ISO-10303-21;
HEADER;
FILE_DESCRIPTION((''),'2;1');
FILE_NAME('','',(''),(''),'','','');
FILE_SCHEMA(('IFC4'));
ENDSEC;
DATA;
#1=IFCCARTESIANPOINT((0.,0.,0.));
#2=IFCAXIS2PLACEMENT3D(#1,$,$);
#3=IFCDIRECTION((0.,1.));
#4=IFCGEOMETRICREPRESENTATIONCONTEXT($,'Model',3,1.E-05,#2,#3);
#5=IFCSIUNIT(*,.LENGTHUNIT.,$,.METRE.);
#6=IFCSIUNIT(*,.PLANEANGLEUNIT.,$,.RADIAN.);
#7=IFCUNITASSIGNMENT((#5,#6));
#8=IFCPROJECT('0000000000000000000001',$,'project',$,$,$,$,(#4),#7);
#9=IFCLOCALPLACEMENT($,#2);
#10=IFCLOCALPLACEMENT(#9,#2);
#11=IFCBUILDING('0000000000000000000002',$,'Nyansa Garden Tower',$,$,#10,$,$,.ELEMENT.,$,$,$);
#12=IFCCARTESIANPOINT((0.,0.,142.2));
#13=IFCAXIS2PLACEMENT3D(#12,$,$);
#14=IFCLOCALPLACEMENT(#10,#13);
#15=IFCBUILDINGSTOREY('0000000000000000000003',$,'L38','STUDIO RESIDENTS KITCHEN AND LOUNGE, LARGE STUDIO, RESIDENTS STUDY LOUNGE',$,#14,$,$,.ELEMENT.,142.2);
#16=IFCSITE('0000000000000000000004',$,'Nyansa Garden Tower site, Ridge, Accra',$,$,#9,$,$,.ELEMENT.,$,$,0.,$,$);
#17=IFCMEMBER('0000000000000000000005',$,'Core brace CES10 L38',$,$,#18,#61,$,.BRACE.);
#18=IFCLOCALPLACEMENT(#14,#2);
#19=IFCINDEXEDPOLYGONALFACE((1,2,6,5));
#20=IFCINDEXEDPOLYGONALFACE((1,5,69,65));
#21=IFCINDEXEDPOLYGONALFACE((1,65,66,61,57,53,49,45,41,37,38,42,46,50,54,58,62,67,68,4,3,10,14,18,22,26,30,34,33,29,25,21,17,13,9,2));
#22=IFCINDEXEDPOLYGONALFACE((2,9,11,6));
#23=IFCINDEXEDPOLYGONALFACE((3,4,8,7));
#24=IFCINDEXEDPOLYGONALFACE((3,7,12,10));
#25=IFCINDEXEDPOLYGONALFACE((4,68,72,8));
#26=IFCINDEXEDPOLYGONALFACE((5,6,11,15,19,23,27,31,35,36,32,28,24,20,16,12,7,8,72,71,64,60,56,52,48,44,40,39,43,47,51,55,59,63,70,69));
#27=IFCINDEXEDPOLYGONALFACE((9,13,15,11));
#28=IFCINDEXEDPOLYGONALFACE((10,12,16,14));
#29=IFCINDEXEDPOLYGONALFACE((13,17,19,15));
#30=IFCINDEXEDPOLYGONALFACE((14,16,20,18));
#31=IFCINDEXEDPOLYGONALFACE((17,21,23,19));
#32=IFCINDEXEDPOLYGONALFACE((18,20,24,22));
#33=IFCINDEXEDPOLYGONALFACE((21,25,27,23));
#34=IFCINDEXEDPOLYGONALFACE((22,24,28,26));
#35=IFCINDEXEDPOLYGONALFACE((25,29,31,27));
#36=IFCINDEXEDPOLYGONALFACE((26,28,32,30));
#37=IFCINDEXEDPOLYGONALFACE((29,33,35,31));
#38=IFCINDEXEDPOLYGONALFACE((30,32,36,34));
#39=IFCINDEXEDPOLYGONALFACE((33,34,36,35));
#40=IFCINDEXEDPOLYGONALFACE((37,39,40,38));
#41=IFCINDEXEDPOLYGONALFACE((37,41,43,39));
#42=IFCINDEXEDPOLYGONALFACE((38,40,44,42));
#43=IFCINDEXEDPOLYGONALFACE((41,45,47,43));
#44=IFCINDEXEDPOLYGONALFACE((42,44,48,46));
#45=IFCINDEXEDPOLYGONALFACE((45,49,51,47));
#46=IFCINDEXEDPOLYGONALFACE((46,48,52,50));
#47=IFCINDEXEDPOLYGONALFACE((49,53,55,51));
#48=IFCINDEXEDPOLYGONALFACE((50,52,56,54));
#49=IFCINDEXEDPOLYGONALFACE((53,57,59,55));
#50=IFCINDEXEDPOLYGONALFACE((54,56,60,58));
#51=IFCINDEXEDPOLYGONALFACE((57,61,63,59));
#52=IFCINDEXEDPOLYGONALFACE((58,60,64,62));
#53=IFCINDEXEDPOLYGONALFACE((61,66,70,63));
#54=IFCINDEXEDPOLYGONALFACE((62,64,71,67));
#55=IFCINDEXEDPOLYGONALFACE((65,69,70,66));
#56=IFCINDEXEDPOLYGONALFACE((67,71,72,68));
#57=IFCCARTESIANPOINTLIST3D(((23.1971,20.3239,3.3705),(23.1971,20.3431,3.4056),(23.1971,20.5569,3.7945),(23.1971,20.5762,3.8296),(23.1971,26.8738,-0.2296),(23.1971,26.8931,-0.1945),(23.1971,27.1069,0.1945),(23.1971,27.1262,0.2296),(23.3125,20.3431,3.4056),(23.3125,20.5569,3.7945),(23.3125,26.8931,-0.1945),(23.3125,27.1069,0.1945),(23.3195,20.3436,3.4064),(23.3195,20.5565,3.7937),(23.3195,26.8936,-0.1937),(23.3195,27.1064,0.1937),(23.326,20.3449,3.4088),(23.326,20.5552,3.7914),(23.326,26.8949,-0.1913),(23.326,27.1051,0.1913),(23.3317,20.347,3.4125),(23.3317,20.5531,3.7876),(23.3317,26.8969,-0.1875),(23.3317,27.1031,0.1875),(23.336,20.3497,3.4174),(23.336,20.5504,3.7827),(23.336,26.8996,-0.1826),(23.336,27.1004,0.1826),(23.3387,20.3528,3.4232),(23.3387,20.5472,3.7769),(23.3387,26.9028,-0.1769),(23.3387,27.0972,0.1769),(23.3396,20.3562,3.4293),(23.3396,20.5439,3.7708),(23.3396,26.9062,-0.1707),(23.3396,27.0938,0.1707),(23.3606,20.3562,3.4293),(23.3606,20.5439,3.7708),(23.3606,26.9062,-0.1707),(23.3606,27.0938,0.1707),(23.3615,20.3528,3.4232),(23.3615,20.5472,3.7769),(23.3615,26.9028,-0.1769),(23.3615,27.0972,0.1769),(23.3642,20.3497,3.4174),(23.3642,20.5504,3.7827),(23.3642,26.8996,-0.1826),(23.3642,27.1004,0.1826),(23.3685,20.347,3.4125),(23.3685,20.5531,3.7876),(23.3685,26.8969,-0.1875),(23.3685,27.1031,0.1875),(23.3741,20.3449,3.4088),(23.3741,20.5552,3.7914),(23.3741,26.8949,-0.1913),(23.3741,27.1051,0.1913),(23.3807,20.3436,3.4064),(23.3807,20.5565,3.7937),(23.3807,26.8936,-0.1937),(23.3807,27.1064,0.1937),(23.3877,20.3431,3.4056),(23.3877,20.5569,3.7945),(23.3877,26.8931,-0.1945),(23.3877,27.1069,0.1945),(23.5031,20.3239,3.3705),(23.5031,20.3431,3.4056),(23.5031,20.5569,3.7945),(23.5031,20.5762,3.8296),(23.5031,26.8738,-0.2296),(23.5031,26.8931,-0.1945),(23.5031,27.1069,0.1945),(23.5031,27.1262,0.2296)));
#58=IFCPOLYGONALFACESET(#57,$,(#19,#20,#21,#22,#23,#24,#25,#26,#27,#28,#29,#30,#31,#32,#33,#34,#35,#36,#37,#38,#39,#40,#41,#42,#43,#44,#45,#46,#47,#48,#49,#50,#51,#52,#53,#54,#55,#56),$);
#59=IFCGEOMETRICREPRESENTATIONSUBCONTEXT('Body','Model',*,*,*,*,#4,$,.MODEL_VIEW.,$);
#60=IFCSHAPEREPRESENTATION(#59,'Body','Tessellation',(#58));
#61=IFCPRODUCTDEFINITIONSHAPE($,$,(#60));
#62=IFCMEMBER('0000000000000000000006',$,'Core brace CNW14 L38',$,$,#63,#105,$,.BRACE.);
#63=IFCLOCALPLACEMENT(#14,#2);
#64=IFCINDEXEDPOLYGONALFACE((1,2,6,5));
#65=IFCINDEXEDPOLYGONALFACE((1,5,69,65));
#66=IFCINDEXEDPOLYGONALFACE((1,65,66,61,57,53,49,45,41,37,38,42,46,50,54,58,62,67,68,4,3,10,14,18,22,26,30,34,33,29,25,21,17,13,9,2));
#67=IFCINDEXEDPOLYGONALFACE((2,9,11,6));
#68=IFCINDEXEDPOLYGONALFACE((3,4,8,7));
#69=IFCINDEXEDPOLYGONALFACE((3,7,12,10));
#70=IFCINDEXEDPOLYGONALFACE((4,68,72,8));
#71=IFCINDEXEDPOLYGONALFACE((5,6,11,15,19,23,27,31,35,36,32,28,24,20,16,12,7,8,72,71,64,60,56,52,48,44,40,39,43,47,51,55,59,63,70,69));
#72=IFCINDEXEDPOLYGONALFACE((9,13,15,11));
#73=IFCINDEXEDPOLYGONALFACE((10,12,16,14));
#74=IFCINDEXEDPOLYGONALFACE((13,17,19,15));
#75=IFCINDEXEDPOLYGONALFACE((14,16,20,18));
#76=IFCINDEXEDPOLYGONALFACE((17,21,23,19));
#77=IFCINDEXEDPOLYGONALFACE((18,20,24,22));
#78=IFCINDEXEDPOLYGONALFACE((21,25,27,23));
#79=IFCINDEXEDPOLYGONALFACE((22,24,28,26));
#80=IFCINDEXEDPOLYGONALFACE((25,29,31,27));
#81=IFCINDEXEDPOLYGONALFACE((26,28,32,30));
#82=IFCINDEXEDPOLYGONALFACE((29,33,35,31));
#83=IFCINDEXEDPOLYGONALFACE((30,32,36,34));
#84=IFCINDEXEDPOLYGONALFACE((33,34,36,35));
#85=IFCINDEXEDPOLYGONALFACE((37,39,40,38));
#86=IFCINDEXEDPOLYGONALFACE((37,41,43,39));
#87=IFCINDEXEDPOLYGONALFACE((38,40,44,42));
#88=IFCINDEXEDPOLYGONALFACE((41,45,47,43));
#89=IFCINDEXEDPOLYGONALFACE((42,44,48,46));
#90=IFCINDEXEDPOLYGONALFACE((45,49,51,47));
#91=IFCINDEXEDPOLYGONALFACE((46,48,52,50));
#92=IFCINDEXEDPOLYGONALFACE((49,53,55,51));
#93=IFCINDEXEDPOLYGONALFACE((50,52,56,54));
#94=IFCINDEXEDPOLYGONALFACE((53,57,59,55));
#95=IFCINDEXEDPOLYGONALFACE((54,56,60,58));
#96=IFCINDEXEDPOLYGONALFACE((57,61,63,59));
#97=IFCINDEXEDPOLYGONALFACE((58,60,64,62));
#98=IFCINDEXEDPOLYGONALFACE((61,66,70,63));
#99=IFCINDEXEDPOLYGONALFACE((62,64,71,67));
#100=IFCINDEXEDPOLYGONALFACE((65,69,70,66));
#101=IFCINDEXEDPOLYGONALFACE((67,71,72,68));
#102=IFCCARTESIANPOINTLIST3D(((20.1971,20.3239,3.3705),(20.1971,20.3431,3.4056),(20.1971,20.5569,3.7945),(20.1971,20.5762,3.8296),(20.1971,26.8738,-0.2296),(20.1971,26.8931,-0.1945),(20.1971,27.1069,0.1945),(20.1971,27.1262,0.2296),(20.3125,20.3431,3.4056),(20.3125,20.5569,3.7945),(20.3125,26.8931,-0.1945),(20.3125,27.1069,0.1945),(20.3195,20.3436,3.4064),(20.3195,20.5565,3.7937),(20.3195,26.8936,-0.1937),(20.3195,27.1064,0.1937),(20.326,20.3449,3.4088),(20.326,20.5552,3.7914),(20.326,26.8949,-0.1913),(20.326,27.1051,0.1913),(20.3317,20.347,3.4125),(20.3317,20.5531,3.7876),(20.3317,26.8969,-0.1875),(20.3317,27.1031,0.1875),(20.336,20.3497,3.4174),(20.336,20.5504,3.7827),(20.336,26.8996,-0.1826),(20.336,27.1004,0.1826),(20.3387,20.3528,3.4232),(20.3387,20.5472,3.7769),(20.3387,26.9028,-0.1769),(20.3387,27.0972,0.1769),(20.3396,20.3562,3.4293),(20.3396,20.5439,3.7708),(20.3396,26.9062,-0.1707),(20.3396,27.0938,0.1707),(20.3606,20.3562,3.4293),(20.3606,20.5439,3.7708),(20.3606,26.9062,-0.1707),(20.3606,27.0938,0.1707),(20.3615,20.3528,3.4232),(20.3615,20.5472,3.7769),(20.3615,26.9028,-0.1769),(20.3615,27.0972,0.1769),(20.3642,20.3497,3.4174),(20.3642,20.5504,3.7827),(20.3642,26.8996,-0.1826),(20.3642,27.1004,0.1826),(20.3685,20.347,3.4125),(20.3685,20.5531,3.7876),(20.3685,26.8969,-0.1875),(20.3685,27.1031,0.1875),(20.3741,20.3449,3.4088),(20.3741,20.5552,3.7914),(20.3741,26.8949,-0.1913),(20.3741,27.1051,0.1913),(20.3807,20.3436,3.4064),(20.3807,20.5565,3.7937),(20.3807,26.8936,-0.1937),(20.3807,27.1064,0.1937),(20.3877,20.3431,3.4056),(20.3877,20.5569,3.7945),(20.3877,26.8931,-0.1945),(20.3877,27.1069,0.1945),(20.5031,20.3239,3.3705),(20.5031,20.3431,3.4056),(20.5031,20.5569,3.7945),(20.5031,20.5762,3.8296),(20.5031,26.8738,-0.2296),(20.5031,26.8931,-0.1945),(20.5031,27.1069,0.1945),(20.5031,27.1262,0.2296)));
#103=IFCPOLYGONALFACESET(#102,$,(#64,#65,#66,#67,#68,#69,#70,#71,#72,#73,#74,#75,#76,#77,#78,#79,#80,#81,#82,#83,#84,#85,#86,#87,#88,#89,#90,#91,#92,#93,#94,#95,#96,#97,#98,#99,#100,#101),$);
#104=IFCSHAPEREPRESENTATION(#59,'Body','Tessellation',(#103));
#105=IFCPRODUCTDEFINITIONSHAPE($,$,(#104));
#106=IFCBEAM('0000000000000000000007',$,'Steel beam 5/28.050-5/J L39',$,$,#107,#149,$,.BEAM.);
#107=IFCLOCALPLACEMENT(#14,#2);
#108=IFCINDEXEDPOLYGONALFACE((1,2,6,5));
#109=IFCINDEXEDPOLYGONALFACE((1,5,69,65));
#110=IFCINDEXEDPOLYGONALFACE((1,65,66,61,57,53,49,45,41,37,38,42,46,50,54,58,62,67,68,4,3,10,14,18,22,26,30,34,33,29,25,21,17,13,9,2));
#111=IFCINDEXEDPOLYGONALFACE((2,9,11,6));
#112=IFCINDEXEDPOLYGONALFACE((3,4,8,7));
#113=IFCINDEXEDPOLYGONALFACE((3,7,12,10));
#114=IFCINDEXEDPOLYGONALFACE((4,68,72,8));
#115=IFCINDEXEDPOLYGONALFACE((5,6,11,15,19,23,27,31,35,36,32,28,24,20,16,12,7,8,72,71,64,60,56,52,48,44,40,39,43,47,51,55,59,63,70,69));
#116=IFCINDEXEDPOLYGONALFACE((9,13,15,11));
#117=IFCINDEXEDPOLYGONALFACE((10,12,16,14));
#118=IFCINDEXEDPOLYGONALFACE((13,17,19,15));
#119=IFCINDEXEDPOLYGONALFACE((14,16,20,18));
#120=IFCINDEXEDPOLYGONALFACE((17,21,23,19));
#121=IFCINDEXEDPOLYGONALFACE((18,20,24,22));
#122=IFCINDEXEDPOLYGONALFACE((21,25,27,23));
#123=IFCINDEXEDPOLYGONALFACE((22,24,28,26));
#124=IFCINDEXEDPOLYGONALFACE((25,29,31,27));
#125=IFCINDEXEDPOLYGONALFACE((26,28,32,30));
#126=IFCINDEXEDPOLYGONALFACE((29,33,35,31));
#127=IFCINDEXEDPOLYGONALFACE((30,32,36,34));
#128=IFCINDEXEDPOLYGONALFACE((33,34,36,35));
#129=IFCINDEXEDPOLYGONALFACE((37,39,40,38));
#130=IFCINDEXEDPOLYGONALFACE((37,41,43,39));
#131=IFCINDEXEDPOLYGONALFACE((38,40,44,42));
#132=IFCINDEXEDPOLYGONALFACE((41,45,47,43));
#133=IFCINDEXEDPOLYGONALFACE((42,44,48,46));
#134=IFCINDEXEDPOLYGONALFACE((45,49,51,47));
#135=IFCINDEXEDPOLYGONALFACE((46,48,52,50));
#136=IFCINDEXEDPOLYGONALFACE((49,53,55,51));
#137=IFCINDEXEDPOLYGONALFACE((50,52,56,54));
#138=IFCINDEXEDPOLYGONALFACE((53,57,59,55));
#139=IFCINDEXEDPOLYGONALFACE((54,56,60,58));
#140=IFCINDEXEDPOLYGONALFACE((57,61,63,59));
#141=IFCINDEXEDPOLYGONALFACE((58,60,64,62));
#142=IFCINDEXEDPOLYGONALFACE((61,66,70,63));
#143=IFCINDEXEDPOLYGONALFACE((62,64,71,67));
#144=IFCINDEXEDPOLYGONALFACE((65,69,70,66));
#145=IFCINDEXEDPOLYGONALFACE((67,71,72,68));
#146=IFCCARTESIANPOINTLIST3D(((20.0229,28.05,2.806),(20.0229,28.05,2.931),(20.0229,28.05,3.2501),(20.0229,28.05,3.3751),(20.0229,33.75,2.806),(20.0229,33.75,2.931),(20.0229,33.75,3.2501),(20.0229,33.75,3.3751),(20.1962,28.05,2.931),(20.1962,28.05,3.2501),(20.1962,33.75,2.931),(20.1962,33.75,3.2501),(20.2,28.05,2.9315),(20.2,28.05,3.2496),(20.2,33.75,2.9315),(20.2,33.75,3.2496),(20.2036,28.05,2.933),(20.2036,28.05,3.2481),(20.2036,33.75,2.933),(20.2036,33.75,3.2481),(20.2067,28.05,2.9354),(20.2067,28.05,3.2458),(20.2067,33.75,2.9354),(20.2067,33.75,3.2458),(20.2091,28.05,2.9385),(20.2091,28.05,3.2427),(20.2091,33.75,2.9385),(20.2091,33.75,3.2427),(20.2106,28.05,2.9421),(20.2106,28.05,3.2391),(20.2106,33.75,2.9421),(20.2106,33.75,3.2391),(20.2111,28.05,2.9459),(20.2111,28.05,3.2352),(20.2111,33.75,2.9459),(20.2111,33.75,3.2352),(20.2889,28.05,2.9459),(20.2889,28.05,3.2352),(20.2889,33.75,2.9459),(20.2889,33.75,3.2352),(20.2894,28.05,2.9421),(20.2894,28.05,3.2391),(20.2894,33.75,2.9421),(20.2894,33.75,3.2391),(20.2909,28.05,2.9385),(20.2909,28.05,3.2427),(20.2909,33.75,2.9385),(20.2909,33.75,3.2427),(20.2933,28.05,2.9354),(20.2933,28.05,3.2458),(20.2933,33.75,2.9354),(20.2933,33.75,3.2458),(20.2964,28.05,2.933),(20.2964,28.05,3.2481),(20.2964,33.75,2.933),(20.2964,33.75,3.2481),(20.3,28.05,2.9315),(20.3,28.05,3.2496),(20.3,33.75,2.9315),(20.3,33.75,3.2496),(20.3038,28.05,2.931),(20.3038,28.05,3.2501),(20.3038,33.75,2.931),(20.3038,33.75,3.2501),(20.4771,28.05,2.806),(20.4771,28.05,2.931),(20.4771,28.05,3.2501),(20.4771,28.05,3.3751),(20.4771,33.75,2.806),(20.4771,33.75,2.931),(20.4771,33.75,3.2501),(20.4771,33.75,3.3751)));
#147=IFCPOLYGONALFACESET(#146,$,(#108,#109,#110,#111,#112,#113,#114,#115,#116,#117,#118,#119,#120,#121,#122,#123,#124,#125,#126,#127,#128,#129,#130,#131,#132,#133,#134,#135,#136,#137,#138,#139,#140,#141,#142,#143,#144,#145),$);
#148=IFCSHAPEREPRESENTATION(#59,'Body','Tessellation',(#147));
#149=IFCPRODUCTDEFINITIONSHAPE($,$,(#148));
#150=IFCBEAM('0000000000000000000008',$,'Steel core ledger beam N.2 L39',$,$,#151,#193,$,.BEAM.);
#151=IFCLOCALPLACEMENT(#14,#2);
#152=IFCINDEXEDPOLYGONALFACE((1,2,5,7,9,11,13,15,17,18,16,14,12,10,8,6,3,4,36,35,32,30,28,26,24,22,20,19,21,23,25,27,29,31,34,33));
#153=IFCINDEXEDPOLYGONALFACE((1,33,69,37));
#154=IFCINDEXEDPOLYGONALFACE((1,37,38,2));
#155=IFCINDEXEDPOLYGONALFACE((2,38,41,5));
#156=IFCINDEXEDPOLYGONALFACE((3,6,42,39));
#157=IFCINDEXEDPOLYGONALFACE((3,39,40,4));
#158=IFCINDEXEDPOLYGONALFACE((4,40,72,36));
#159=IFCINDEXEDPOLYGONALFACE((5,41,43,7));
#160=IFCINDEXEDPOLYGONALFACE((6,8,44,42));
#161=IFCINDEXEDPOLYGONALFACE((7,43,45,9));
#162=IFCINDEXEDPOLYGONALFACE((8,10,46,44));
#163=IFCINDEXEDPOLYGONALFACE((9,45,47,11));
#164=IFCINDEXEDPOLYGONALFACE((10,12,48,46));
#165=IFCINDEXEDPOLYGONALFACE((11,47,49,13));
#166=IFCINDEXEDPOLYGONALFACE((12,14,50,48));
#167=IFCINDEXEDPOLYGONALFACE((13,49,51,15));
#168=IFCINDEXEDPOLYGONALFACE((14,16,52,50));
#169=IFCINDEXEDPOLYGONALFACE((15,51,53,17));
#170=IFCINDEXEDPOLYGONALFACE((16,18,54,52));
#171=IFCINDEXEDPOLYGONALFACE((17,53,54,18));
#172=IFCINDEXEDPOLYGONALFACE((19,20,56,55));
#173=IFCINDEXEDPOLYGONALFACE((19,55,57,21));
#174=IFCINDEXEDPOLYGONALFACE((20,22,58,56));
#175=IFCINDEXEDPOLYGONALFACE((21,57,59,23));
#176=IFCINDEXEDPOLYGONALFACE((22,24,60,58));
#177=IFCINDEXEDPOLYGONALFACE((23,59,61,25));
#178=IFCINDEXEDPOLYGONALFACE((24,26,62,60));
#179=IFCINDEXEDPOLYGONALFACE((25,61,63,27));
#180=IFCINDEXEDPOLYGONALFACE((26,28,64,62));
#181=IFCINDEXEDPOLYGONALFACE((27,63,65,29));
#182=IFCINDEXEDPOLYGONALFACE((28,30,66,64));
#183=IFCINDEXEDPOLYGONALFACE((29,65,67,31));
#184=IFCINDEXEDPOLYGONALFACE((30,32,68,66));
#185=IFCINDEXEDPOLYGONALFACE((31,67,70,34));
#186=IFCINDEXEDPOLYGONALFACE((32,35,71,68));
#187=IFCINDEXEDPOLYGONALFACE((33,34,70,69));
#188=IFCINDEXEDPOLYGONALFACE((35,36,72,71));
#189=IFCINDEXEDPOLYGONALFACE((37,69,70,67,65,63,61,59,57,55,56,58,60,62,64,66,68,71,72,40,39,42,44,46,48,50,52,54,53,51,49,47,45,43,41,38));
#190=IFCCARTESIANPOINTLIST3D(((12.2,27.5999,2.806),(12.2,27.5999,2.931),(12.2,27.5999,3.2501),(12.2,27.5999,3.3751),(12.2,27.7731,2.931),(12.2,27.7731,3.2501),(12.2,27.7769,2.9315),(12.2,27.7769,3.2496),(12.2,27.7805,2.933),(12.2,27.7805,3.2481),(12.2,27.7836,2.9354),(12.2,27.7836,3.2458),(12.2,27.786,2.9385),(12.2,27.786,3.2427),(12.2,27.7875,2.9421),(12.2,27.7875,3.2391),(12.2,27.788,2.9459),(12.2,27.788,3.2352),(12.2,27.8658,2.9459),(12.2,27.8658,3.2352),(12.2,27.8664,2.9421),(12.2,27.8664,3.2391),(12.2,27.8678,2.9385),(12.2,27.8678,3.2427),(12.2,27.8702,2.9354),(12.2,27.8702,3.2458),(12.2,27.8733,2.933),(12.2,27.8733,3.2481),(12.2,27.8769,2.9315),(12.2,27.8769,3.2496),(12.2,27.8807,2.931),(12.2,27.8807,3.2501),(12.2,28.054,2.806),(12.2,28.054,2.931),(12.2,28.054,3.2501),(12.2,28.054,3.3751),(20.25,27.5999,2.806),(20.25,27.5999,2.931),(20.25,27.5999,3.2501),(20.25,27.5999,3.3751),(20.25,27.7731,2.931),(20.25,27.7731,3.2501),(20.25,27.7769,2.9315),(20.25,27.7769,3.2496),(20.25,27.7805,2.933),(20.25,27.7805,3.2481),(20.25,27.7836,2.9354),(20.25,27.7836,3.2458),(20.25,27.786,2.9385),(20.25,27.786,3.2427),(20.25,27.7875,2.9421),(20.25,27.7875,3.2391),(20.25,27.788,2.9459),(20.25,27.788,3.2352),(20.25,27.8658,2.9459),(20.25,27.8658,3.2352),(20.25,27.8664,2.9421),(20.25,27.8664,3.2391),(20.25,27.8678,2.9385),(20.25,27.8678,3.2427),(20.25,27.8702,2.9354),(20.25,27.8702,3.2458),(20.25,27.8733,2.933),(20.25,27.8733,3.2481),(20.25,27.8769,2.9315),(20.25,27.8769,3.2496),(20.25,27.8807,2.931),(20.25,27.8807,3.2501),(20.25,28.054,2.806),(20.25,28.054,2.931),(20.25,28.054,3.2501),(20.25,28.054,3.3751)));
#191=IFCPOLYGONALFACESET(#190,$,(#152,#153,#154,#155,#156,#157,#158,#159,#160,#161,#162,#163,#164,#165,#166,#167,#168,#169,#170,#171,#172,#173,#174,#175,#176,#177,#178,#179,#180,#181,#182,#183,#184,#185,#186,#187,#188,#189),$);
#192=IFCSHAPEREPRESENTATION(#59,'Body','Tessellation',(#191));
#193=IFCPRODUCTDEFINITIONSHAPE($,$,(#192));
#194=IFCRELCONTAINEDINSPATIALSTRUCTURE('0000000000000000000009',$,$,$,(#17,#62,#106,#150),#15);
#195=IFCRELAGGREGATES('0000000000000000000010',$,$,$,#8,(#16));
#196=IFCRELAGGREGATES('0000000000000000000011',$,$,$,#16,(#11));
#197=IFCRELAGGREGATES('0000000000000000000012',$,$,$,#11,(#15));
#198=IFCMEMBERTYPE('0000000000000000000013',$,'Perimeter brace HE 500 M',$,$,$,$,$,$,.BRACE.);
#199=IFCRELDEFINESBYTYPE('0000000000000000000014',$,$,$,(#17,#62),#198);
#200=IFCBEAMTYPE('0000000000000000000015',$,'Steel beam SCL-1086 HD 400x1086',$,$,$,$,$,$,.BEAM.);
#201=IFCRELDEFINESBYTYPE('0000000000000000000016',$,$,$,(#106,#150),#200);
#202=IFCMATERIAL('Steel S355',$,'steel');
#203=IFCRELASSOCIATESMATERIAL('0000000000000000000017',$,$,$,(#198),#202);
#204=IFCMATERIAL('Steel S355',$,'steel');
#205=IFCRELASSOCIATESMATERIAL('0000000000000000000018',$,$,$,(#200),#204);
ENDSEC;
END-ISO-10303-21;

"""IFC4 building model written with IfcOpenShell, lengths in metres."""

from ifc_helpers import new_model, si_unit, direction, frame, origin, origin_2d, place, context, subcontext, project, spatial, i_section, extrude, material, material_profile, profile_set, type_object, element, save


model = new_model("IFC4")

# Units and contexts
model_context = context("Model", 3, precision=1e-05, world=origin(), true_north=direction((0.0, 1.0)))
body_context = subcontext(model_context, "Body", "Model", "MODEL_VIEW")
ifc_project = project(units=[si_unit("LENGTHUNIT", "METRE"), si_unit("PLANEANGLEUNIT", "RADIAN")], contexts=[model_context])

# Site, building, storey
site_placement = place(None, origin())
site = spatial("IfcSite", under=ifc_project, at=site_placement, Name="Nyansa Garden Tower site, Ridge, Accra", CompositionType="ELEMENT", RefElevation=0.0)
building_placement = place(site_placement, origin())
building = spatial("IfcBuilding", under=site, at=building_placement, Name="Nyansa Garden Tower", CompositionType="ELEMENT")
storey_placement = place(building_placement, frame((0.0, 0.0, 142.2)))
storey = spatial("IfcBuildingStorey", under=building, at=storey_placement, Name="L38", Description="STUDIO RESIDENTS KITCHEN AND LOUNGE, LARGE STUDIO, RESIDENTS STUDY LOUNGE", CompositionType="ELEMENT", Elevation=142.2)

# Members
ifc_material_1 = material(Name="Steel S355", Category="steel")
ifc_material_profile_1 = material_profile(ifc_material_1, i_section(OverallWidth=0.3059, OverallDepth=0.5239, WebThickness=0.021, FlangeThickness=0.04, FilletRadius=0.0271, at=origin_2d()), Name="HE 500 M")
ifc_profile_set_1 = profile_set([ifc_material_profile_1], Name="Steel S355")
member_type_1 = type_object("IfcMemberType", Name="Perimeter brace HE 500 M", PredefinedType="BRACE", material=ifc_profile_set_1)
for number, where, z_axis, x_axis, name in (
    (1, (23.3501, 27.0, 0.0), (0.0, -0.876353, 0.481669), (1.0, 0.0, 0.0), "Core brace CES10 L38"),
    (2, (20.3501, 27.0, 0.0), (0.0, -0.876353, 0.481669), (1.0, 0.0, 0.0), "Core brace CNW14 L38"),
):
    element("IfcMember", number, at=place(storey_placement, frame(where, z_axis=z_axis, x_axis=x_axis)), inside=storey, type_object=member_type_1, Name=name, PredefinedType="BRACE", context=body_context, shape_type="SweptSolid", body=[
        extrude(i_section(OverallWidth=0.3059, OverallDepth=0.5239, WebThickness=0.021, FlangeThickness=0.04, FilletRadius=0.0271, at=origin_2d()), origin(), (0.0, 0.0, 1.0), 7.4741),
    ])

# Beams
ifc_material_2 = material(Name="Steel S355", Category="steel")
ifc_material_profile_2 = material_profile(ifc_material_2, i_section(OverallWidth=0.4541, OverallDepth=0.5691, WebThickness=0.0779, FlangeThickness=0.125, FilletRadius=0.0149, at=origin_2d()), Name="HD 400x1086")
ifc_profile_set_2 = profile_set([ifc_material_profile_2], Name="Steel S355")
beam_type_1 = type_object("IfcBeamType", Name="Steel beam SCL-1086 HD 400x1086", PredefinedType="BEAM", material=ifc_profile_set_2)
beam_1_placement = place(storey_placement, frame((20.25, 28.05, 3.0906), z_axis=(0.0, 1.0, 0.0), x_axis=(-1.0, 0.0, 0.0)))
element("IfcBeam", 3, at=beam_1_placement, inside=storey, type_object=beam_type_1, Name="Steel beam 5/28.050-5/J L39", PredefinedType="BEAM", context=body_context, shape_type="SweptSolid", body=[
    extrude(i_section(OverallWidth=0.4541, OverallDepth=0.5691, WebThickness=0.0779, FlangeThickness=0.125, FilletRadius=0.0149, at=origin_2d()), origin(), (0.0, 0.0, 1.0), 5.7),
])
beam_2_placement = place(storey_placement, frame((20.25, 27.8269, 3.0906), z_axis=(-1.0, 0.0, 0.0), x_axis=(0.0, -1.0, 0.0)))
element("IfcBeam", 4, at=beam_2_placement, inside=storey, type_object=beam_type_1, Name="Steel core ledger beam N.2 L39", PredefinedType="BEAM", context=body_context, shape_type="SweptSolid", body=[
    extrude(i_section(OverallWidth=0.4541, OverallDepth=0.5691, WebThickness=0.0779, FlangeThickness=0.125, FilletRadius=0.0149, at=origin_2d()), origin(), (0.0, 0.0, 1.0), 8.05),
])

save(model, "model.ifc")
